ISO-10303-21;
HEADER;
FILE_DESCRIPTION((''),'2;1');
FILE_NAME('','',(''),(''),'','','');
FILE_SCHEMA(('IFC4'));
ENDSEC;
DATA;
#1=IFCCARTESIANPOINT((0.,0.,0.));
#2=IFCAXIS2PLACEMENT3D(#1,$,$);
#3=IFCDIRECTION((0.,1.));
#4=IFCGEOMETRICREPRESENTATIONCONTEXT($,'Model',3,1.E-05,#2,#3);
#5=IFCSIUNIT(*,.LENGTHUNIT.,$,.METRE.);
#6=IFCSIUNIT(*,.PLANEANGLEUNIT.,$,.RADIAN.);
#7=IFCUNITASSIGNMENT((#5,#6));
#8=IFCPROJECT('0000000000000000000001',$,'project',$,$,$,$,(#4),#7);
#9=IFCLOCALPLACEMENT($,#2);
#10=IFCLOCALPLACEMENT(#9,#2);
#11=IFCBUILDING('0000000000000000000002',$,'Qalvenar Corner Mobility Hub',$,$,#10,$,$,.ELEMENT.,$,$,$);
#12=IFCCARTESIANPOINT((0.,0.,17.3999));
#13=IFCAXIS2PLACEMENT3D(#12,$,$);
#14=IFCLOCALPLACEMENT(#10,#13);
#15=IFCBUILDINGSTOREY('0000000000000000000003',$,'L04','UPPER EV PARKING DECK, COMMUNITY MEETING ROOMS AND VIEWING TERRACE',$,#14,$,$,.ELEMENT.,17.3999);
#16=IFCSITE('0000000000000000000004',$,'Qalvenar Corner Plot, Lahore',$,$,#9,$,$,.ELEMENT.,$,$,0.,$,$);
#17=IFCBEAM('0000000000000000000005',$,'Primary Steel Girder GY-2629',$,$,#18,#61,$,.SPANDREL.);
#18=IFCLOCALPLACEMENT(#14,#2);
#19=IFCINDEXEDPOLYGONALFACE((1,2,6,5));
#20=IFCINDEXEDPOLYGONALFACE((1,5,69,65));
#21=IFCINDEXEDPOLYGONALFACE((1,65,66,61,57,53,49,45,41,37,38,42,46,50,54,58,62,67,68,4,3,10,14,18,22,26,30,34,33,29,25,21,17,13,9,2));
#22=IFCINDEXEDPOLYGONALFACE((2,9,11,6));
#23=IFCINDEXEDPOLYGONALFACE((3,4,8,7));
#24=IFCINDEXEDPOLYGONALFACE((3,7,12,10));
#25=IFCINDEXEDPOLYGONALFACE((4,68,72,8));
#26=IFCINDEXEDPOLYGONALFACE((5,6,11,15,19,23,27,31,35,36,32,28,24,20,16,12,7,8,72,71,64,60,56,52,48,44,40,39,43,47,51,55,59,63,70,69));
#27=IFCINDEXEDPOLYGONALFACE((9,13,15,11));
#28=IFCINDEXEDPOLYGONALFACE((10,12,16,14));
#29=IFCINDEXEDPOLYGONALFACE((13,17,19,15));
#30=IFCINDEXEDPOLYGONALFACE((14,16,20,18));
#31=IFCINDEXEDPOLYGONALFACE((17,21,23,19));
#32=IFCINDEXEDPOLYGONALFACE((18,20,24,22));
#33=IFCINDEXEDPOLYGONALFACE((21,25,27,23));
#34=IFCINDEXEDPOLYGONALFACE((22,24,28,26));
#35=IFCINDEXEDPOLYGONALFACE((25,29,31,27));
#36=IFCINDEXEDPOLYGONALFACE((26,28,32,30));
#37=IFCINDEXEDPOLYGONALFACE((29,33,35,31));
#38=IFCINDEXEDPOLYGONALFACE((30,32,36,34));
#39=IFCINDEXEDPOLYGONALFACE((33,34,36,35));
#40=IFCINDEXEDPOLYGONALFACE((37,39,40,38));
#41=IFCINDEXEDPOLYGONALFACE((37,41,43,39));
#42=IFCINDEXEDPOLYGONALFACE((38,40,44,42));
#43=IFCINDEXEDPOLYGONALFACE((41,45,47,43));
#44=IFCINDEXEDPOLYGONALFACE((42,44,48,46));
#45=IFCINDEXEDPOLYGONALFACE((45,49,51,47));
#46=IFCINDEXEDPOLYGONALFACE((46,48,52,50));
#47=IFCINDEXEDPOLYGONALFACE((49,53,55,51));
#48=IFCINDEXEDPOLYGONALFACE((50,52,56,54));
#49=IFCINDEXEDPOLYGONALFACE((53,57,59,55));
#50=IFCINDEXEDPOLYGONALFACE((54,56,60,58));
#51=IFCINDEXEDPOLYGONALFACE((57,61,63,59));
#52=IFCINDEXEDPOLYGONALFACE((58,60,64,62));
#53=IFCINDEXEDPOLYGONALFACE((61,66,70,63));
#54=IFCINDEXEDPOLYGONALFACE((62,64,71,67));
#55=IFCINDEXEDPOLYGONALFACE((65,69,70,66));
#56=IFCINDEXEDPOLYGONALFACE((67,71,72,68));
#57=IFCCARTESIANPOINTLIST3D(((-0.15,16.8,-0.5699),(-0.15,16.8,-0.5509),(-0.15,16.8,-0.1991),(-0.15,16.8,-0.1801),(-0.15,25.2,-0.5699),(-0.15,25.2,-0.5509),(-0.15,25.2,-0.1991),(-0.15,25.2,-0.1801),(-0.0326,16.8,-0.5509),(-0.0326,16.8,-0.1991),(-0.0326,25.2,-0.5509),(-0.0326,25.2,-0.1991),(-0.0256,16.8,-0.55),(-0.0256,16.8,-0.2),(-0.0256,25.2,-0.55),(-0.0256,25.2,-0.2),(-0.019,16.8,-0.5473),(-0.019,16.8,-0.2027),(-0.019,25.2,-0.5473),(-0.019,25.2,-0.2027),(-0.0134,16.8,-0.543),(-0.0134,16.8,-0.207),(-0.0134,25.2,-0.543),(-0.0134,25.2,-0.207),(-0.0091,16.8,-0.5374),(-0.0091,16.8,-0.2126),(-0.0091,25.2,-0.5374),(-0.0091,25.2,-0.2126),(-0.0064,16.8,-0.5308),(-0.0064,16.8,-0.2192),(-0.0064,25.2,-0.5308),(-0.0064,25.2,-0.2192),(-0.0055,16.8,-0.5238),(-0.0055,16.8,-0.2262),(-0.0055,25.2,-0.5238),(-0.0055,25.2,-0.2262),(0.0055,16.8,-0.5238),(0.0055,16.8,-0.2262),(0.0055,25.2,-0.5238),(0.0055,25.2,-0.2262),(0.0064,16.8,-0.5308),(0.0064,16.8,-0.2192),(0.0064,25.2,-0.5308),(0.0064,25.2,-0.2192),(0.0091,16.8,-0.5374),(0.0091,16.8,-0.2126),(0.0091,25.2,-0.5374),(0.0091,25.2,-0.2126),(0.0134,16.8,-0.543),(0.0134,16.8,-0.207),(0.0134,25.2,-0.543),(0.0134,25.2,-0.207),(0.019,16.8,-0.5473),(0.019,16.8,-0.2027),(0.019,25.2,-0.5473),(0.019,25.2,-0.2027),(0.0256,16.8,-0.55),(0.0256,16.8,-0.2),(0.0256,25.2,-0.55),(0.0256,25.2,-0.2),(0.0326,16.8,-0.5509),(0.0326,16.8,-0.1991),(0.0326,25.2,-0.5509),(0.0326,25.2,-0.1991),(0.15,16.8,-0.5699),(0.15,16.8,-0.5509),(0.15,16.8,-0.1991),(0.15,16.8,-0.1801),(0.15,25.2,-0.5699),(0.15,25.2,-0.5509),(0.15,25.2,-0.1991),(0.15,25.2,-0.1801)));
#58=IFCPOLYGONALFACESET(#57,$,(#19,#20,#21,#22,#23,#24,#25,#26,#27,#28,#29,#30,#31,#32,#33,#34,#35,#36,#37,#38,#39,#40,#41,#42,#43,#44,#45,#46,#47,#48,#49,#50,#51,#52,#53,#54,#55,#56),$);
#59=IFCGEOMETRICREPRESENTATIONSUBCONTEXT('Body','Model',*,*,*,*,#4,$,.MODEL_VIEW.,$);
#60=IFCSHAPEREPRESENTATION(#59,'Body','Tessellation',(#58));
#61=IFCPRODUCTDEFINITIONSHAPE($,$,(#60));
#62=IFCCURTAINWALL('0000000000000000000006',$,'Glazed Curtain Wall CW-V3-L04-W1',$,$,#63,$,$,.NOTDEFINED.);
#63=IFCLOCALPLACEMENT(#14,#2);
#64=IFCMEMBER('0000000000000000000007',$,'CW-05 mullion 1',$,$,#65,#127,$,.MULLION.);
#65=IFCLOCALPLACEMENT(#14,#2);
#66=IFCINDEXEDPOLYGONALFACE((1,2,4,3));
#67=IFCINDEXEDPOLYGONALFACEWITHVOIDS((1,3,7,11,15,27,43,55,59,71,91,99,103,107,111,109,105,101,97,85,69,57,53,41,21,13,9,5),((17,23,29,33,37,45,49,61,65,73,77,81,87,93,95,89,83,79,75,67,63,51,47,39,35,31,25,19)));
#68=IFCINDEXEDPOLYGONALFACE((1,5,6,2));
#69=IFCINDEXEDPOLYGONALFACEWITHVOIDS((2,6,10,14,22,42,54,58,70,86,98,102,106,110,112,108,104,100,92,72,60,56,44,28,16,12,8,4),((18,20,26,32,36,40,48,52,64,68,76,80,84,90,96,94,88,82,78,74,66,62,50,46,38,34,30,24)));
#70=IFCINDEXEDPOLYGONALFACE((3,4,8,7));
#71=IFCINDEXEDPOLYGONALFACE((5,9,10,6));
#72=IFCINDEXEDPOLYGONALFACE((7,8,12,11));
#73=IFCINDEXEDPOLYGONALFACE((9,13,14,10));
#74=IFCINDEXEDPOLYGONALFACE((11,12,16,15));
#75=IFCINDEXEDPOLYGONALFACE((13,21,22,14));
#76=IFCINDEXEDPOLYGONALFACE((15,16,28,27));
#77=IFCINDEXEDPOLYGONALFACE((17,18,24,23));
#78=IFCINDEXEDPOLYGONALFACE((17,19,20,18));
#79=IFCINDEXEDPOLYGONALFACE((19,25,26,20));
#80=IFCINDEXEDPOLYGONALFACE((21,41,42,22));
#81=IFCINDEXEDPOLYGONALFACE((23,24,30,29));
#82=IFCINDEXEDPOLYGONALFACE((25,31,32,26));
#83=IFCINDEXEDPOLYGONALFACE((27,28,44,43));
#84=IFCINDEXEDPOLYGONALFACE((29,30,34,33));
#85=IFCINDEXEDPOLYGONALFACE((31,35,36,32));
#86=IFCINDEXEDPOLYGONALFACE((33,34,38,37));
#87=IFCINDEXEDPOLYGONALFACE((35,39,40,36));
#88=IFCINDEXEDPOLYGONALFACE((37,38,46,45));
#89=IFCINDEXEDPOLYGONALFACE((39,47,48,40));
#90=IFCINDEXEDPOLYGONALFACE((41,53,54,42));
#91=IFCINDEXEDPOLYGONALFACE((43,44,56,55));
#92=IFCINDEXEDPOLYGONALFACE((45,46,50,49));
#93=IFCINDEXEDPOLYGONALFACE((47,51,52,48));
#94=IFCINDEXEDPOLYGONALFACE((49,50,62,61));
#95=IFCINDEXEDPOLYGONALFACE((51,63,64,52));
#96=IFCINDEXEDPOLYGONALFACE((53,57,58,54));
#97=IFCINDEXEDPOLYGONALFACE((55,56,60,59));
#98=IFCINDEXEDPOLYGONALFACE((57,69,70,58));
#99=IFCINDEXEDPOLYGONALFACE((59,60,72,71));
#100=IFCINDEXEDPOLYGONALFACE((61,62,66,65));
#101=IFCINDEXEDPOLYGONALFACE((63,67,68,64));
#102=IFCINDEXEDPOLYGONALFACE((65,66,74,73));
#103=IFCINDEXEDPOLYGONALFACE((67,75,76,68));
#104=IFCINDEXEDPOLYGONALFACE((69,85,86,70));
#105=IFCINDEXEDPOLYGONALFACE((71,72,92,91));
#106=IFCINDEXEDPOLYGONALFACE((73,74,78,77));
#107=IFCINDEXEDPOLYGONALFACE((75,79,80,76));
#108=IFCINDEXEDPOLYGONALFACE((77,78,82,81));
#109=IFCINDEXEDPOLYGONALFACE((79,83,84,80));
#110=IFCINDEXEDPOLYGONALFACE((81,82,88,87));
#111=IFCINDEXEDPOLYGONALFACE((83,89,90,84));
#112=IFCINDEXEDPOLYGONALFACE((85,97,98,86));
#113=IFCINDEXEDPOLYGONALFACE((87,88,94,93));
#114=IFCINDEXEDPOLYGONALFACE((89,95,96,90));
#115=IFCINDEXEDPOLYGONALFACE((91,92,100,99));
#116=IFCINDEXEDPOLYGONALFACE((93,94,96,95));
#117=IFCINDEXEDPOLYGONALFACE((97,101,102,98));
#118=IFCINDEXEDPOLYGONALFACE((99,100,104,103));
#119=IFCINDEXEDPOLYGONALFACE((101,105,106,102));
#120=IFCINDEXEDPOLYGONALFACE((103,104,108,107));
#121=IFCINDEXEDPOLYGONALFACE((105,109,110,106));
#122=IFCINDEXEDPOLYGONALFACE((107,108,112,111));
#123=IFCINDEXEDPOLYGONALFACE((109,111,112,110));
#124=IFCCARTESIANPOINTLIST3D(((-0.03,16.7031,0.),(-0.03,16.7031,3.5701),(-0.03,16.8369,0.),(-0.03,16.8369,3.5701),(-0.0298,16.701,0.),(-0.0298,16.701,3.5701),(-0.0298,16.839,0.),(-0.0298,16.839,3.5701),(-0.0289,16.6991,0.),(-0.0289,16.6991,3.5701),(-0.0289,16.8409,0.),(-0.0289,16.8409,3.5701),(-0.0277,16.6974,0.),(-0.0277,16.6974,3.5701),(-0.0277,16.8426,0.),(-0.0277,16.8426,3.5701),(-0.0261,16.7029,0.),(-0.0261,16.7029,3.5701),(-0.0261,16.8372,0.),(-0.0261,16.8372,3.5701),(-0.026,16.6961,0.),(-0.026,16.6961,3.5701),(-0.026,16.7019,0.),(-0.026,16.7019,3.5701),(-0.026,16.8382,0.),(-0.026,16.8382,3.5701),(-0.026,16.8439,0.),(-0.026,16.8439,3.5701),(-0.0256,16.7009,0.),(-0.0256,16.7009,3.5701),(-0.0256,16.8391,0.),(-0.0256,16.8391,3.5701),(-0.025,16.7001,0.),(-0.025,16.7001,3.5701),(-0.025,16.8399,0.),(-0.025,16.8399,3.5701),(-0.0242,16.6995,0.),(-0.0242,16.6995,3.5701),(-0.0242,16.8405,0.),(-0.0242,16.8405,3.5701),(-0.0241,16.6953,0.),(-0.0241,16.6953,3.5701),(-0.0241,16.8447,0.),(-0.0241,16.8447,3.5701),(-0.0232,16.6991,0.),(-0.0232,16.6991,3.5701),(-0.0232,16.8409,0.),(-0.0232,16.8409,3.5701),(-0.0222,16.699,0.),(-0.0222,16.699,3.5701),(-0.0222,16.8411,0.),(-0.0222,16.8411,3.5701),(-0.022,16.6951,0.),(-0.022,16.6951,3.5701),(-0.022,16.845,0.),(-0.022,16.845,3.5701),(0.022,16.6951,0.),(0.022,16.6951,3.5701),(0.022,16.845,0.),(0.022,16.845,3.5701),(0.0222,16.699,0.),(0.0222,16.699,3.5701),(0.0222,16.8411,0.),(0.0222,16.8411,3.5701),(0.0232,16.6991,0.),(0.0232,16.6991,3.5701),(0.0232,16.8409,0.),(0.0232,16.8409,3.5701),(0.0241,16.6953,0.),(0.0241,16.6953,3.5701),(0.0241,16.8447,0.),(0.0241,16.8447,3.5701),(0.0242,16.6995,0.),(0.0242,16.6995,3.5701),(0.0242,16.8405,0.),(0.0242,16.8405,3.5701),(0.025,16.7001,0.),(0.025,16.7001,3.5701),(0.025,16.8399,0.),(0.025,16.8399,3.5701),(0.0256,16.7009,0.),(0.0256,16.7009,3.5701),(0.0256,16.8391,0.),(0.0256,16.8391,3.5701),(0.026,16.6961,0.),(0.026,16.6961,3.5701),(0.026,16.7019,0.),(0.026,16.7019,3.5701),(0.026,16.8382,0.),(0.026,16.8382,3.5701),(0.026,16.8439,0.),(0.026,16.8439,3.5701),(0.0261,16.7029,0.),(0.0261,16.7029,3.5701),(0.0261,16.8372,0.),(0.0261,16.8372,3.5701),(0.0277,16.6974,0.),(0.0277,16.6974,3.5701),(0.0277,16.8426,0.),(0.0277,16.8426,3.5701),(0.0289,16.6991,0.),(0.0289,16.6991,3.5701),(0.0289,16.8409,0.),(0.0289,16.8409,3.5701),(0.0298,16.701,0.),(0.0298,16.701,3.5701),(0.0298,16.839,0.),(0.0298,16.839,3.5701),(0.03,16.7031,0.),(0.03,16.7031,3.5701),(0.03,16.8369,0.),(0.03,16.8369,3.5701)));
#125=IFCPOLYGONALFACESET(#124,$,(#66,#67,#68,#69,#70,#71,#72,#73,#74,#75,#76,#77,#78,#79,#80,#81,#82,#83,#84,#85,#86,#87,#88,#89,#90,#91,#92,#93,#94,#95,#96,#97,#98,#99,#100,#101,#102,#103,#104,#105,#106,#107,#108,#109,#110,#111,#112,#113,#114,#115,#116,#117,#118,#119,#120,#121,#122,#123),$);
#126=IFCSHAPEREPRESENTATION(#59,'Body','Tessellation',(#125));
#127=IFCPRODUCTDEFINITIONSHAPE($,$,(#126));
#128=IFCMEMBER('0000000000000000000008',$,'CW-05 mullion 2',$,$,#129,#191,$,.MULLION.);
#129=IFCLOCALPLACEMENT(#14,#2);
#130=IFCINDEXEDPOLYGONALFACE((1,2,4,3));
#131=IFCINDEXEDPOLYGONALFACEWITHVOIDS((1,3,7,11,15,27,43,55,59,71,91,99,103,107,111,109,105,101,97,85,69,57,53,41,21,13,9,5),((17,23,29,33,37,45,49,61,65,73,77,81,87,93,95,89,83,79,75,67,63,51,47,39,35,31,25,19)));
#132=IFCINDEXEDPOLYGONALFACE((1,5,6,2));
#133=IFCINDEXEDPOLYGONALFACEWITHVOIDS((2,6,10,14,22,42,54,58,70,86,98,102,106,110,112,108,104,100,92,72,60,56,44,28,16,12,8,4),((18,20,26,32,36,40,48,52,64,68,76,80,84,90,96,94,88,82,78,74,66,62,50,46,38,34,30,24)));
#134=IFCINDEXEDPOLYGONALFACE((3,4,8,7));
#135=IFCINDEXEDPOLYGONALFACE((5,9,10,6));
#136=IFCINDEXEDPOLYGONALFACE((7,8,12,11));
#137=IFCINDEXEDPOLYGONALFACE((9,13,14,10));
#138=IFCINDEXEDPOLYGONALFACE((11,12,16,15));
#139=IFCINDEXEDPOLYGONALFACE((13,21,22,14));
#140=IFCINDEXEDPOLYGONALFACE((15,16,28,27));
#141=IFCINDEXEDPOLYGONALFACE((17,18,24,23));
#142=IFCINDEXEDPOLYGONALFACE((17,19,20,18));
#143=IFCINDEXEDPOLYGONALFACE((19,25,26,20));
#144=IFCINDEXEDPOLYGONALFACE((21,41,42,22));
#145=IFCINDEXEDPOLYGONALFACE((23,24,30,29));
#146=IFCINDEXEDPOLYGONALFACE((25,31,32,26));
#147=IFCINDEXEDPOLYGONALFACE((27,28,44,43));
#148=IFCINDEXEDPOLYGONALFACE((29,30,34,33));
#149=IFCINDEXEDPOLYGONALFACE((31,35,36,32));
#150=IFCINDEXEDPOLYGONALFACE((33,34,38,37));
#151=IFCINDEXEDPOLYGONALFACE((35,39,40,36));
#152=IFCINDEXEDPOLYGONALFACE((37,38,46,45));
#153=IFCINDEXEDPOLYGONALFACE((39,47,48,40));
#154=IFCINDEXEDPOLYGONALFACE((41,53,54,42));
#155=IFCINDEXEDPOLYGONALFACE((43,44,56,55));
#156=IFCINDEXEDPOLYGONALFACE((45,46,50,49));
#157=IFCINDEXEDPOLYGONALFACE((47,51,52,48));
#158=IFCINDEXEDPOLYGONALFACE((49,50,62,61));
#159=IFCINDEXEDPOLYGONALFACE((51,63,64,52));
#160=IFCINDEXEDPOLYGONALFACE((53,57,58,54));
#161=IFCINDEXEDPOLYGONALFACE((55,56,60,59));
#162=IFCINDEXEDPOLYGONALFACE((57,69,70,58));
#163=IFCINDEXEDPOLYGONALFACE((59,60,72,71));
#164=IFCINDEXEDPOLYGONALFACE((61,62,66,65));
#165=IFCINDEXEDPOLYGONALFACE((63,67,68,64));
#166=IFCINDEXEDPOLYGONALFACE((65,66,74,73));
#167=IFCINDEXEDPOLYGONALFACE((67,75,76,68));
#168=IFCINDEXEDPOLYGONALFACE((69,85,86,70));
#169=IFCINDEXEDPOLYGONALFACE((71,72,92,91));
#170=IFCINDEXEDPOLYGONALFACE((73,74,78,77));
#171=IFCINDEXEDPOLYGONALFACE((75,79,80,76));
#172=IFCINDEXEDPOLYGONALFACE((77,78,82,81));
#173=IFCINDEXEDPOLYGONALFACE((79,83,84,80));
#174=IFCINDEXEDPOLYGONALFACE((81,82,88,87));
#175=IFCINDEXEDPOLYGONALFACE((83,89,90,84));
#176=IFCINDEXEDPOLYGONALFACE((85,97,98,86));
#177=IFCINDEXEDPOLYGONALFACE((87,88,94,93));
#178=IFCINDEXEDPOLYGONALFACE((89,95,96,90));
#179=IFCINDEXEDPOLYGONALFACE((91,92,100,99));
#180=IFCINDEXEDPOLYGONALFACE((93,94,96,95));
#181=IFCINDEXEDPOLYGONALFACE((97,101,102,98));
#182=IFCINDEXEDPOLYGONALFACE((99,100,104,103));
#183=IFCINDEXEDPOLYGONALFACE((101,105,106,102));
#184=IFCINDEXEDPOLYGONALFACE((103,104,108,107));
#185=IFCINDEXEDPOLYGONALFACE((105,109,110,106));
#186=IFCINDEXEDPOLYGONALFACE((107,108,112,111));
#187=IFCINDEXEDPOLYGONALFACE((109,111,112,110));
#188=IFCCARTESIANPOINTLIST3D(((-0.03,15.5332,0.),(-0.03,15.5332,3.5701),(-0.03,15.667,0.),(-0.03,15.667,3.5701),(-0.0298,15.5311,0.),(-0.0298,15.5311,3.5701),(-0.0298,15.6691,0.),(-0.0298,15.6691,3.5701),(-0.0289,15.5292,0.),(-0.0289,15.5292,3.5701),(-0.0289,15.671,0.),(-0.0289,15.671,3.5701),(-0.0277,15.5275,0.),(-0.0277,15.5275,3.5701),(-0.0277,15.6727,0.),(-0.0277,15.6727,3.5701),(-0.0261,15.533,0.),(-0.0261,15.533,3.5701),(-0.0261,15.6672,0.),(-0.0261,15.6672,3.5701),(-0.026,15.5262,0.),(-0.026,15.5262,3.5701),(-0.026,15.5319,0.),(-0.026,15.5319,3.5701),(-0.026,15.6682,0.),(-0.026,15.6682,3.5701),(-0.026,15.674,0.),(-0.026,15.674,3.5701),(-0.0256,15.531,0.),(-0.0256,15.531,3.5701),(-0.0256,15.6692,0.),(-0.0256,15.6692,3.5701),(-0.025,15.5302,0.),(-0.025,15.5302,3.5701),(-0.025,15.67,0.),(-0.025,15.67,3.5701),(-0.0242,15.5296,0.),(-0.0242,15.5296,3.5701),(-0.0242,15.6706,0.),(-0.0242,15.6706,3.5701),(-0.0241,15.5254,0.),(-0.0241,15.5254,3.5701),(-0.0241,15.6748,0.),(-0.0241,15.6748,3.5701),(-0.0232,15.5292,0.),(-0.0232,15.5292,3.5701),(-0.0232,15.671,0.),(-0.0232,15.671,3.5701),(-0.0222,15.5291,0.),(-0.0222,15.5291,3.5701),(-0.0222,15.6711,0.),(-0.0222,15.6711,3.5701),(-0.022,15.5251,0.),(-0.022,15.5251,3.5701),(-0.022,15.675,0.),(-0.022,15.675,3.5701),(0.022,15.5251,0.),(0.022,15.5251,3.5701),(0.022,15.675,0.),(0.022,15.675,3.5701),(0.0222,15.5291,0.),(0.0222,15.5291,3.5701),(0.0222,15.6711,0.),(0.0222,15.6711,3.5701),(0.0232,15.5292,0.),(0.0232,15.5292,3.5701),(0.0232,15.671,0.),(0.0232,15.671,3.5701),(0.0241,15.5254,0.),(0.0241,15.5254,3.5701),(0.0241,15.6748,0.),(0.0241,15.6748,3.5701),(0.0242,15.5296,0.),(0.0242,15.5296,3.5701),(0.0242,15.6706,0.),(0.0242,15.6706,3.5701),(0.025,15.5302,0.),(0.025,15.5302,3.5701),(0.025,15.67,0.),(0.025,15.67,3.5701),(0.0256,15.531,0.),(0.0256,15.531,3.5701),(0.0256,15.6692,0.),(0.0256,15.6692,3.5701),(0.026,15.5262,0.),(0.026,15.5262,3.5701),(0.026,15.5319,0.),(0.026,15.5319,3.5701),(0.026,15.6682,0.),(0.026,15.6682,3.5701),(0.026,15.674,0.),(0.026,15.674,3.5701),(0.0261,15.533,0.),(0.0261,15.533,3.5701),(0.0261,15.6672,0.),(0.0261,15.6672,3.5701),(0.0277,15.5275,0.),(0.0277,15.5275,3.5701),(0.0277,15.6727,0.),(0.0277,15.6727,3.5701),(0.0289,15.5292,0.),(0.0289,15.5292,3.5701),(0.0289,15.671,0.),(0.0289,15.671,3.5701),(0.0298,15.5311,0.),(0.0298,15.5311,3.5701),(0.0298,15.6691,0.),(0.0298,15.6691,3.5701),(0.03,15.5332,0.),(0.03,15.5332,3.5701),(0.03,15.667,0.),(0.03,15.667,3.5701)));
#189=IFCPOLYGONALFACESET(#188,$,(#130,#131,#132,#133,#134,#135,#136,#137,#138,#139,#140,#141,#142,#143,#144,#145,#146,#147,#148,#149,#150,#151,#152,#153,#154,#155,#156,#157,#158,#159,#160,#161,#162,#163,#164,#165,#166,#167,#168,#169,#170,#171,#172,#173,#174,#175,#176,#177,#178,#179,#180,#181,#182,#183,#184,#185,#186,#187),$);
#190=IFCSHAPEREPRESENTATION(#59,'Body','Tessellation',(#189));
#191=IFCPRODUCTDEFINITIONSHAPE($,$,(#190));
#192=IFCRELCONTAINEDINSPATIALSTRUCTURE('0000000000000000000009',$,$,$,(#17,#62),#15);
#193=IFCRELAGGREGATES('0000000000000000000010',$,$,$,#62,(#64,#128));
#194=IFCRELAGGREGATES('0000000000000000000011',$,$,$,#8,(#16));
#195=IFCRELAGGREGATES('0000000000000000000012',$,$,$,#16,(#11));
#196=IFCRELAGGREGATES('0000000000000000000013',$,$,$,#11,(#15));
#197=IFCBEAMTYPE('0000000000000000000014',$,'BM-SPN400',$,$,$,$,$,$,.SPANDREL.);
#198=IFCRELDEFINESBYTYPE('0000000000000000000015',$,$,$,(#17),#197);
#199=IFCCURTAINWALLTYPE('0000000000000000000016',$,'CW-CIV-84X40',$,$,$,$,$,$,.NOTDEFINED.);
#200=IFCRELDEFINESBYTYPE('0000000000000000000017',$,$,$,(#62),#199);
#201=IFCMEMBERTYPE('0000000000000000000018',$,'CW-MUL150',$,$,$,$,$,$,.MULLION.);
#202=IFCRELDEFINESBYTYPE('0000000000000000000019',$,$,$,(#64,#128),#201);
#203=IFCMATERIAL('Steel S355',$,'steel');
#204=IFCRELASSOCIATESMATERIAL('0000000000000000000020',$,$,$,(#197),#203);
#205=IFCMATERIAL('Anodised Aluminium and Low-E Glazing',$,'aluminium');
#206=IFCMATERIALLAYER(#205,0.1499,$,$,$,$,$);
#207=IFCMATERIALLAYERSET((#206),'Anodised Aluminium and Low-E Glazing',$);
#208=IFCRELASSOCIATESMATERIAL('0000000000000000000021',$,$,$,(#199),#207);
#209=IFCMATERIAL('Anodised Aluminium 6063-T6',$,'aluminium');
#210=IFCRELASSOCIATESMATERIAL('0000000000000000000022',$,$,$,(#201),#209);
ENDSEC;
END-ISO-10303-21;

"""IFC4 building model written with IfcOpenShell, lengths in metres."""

from ifc_helpers import new_model, si_unit, direction, frame, origin, origin_2d, place, context, subcontext, project, spatial, hollow_rectangle, i_section, extrude, material, layer, layer_set, material_profile, profile_set, type_object, element, aggregate, save


model = new_model("IFC4")

# Units and contexts
model_context = context("Model", 3, precision=1e-05, world=origin(), true_north=direction((0.0, 1.0)))
body_context = subcontext(model_context, "Body", "Model", "MODEL_VIEW")
ifc_project = project(units=[si_unit("LENGTHUNIT", "METRE"), si_unit("PLANEANGLEUNIT", "RADIAN")], contexts=[model_context])

# Site, building, storey
site_placement = place(None, origin())
site = spatial("IfcSite", under=ifc_project, at=site_placement, Name="Qalvenar Corner Plot, Lahore", CompositionType="ELEMENT", RefElevation=0.0)
building_placement = place(site_placement, origin())
building = spatial("IfcBuilding", under=site, at=building_placement, Name="Qalvenar Corner Mobility Hub", CompositionType="ELEMENT")
storey_placement = place(building_placement, frame((0.0, 0.0, 17.3999)))
storey = spatial("IfcBuildingStorey", under=building, at=storey_placement, Name="L04", Description="UPPER EV PARKING DECK, COMMUNITY MEETING ROOMS AND VIEWING TERRACE", CompositionType="ELEMENT", Elevation=17.3999)

# Shared definitions
ifc_material_1 = material(Name="Steel S355", Category="steel")

# Beam
ifc_material_profile_1 = material_profile(ifc_material_1, i_section(OverallWidth=0.3, OverallDepth=0.3899, WebThickness=0.011, FlangeThickness=0.019, FilletRadius=0.0271, at=origin_2d()), Name="HEA400")
ifc_profile_set_1 = profile_set([ifc_material_profile_1], Name="Steel S355")
beam_type_1 = type_object("IfcBeamType", Name="BM-SPN400", PredefinedType="SPANDREL", material=ifc_profile_set_1)
beam_1_placement = place(storey_placement, frame((0.0, 16.8, -0.375), z_axis=(0.0, 1.0, 0.0), x_axis=(-1.0, 0.0, 0.0)))
element("IfcBeam", 1, at=beam_1_placement, inside=storey, type_object=beam_type_1, Name="Primary Steel Girder GY-2629", PredefinedType="SPANDREL", context=body_context, shape_type="SweptSolid", body=[
    extrude(i_section(OverallWidth=0.3, OverallDepth=0.3899, WebThickness=0.011, FlangeThickness=0.019, FilletRadius=0.0271, at=origin_2d()), origin(), (0.0, 0.0, 1.0), 8.3999),
])

# Curtain wall, members
ifc_material_2 = material(Name="Anodised Aluminium and Low-E Glazing", Category="aluminium")
ifc_layer_1 = layer(ifc_material_2, 0.1499)
ifc_layer_set_1 = layer_set([ifc_layer_1], Name="Anodised Aluminium and Low-E Glazing")
curtain_wall_type = type_object("IfcCurtainWallType", Name="CW-CIV-84X40", PredefinedType="NOTDEFINED", material=ifc_layer_set_1)
curtain_wall_1_placement = place(storey_placement, origin())
curtain_wall_1 = element("IfcCurtainWall", 2, at=curtain_wall_1_placement, inside=storey, type_object=curtain_wall_type, Name="Glazed Curtain Wall CW-V3-L04-W1", PredefinedType="NOTDEFINED")
ifc_material_3 = material(Name="Anodised Aluminium 6063-T6", Category="aluminium")
ifc_material_profile_2 = material_profile(ifc_material_3, hollow_rectangle(XDim=0.0601, YDim=0.1499, WallThickness=0.0039, InnerFilletRadius=0.0039, OuterFilletRadius=0.0081, at=origin_2d()), Name="RHS150x60x4")
ifc_profile_set_2 = profile_set([ifc_material_profile_2], Name="Anodised Aluminium 6063-T6")
member_type_1 = type_object("IfcMemberType", Name="CW-MUL150", PredefinedType="MULLION", material=ifc_profile_set_2)
member_1_placement = place(storey_placement, frame((0.0, 16.77, 0.0), z_axis=(0.0, 0.0, 1.0), x_axis=(1.0, 0.0, 0.0)))
member_1 = element("IfcMember", 3, at=member_1_placement, type_object=member_type_1, Name="CW-05 mullion 1", PredefinedType="MULLION", context=body_context, shape_type="SweptSolid", body=[
    extrude(hollow_rectangle(XDim=0.0601, YDim=0.1499, WallThickness=0.0039, InnerFilletRadius=0.0039, OuterFilletRadius=0.0081, at=origin_2d()), origin(), (0.0, 0.0, 1.0), 3.5701),
])
member_2_placement = place(storey_placement, frame((0.0, 15.6001, 0.0), z_axis=(0.0, 0.0, 1.0), x_axis=(1.0, 0.0, 0.0)))
member_2 = element("IfcMember", 4, at=member_2_placement, type_object=member_type_1, Name="CW-05 mullion 2", PredefinedType="MULLION", context=body_context, shape_type="SweptSolid", body=[
    extrude(hollow_rectangle(XDim=0.0601, YDim=0.1499, WallThickness=0.0039, InnerFilletRadius=0.0039, OuterFilletRadius=0.0081, at=origin_2d()), origin(), (0.0, 0.0, 1.0), 3.5701),
])

aggregate(curtain_wall_1, [member_1, member_2])

save(model, "model.ifc")
